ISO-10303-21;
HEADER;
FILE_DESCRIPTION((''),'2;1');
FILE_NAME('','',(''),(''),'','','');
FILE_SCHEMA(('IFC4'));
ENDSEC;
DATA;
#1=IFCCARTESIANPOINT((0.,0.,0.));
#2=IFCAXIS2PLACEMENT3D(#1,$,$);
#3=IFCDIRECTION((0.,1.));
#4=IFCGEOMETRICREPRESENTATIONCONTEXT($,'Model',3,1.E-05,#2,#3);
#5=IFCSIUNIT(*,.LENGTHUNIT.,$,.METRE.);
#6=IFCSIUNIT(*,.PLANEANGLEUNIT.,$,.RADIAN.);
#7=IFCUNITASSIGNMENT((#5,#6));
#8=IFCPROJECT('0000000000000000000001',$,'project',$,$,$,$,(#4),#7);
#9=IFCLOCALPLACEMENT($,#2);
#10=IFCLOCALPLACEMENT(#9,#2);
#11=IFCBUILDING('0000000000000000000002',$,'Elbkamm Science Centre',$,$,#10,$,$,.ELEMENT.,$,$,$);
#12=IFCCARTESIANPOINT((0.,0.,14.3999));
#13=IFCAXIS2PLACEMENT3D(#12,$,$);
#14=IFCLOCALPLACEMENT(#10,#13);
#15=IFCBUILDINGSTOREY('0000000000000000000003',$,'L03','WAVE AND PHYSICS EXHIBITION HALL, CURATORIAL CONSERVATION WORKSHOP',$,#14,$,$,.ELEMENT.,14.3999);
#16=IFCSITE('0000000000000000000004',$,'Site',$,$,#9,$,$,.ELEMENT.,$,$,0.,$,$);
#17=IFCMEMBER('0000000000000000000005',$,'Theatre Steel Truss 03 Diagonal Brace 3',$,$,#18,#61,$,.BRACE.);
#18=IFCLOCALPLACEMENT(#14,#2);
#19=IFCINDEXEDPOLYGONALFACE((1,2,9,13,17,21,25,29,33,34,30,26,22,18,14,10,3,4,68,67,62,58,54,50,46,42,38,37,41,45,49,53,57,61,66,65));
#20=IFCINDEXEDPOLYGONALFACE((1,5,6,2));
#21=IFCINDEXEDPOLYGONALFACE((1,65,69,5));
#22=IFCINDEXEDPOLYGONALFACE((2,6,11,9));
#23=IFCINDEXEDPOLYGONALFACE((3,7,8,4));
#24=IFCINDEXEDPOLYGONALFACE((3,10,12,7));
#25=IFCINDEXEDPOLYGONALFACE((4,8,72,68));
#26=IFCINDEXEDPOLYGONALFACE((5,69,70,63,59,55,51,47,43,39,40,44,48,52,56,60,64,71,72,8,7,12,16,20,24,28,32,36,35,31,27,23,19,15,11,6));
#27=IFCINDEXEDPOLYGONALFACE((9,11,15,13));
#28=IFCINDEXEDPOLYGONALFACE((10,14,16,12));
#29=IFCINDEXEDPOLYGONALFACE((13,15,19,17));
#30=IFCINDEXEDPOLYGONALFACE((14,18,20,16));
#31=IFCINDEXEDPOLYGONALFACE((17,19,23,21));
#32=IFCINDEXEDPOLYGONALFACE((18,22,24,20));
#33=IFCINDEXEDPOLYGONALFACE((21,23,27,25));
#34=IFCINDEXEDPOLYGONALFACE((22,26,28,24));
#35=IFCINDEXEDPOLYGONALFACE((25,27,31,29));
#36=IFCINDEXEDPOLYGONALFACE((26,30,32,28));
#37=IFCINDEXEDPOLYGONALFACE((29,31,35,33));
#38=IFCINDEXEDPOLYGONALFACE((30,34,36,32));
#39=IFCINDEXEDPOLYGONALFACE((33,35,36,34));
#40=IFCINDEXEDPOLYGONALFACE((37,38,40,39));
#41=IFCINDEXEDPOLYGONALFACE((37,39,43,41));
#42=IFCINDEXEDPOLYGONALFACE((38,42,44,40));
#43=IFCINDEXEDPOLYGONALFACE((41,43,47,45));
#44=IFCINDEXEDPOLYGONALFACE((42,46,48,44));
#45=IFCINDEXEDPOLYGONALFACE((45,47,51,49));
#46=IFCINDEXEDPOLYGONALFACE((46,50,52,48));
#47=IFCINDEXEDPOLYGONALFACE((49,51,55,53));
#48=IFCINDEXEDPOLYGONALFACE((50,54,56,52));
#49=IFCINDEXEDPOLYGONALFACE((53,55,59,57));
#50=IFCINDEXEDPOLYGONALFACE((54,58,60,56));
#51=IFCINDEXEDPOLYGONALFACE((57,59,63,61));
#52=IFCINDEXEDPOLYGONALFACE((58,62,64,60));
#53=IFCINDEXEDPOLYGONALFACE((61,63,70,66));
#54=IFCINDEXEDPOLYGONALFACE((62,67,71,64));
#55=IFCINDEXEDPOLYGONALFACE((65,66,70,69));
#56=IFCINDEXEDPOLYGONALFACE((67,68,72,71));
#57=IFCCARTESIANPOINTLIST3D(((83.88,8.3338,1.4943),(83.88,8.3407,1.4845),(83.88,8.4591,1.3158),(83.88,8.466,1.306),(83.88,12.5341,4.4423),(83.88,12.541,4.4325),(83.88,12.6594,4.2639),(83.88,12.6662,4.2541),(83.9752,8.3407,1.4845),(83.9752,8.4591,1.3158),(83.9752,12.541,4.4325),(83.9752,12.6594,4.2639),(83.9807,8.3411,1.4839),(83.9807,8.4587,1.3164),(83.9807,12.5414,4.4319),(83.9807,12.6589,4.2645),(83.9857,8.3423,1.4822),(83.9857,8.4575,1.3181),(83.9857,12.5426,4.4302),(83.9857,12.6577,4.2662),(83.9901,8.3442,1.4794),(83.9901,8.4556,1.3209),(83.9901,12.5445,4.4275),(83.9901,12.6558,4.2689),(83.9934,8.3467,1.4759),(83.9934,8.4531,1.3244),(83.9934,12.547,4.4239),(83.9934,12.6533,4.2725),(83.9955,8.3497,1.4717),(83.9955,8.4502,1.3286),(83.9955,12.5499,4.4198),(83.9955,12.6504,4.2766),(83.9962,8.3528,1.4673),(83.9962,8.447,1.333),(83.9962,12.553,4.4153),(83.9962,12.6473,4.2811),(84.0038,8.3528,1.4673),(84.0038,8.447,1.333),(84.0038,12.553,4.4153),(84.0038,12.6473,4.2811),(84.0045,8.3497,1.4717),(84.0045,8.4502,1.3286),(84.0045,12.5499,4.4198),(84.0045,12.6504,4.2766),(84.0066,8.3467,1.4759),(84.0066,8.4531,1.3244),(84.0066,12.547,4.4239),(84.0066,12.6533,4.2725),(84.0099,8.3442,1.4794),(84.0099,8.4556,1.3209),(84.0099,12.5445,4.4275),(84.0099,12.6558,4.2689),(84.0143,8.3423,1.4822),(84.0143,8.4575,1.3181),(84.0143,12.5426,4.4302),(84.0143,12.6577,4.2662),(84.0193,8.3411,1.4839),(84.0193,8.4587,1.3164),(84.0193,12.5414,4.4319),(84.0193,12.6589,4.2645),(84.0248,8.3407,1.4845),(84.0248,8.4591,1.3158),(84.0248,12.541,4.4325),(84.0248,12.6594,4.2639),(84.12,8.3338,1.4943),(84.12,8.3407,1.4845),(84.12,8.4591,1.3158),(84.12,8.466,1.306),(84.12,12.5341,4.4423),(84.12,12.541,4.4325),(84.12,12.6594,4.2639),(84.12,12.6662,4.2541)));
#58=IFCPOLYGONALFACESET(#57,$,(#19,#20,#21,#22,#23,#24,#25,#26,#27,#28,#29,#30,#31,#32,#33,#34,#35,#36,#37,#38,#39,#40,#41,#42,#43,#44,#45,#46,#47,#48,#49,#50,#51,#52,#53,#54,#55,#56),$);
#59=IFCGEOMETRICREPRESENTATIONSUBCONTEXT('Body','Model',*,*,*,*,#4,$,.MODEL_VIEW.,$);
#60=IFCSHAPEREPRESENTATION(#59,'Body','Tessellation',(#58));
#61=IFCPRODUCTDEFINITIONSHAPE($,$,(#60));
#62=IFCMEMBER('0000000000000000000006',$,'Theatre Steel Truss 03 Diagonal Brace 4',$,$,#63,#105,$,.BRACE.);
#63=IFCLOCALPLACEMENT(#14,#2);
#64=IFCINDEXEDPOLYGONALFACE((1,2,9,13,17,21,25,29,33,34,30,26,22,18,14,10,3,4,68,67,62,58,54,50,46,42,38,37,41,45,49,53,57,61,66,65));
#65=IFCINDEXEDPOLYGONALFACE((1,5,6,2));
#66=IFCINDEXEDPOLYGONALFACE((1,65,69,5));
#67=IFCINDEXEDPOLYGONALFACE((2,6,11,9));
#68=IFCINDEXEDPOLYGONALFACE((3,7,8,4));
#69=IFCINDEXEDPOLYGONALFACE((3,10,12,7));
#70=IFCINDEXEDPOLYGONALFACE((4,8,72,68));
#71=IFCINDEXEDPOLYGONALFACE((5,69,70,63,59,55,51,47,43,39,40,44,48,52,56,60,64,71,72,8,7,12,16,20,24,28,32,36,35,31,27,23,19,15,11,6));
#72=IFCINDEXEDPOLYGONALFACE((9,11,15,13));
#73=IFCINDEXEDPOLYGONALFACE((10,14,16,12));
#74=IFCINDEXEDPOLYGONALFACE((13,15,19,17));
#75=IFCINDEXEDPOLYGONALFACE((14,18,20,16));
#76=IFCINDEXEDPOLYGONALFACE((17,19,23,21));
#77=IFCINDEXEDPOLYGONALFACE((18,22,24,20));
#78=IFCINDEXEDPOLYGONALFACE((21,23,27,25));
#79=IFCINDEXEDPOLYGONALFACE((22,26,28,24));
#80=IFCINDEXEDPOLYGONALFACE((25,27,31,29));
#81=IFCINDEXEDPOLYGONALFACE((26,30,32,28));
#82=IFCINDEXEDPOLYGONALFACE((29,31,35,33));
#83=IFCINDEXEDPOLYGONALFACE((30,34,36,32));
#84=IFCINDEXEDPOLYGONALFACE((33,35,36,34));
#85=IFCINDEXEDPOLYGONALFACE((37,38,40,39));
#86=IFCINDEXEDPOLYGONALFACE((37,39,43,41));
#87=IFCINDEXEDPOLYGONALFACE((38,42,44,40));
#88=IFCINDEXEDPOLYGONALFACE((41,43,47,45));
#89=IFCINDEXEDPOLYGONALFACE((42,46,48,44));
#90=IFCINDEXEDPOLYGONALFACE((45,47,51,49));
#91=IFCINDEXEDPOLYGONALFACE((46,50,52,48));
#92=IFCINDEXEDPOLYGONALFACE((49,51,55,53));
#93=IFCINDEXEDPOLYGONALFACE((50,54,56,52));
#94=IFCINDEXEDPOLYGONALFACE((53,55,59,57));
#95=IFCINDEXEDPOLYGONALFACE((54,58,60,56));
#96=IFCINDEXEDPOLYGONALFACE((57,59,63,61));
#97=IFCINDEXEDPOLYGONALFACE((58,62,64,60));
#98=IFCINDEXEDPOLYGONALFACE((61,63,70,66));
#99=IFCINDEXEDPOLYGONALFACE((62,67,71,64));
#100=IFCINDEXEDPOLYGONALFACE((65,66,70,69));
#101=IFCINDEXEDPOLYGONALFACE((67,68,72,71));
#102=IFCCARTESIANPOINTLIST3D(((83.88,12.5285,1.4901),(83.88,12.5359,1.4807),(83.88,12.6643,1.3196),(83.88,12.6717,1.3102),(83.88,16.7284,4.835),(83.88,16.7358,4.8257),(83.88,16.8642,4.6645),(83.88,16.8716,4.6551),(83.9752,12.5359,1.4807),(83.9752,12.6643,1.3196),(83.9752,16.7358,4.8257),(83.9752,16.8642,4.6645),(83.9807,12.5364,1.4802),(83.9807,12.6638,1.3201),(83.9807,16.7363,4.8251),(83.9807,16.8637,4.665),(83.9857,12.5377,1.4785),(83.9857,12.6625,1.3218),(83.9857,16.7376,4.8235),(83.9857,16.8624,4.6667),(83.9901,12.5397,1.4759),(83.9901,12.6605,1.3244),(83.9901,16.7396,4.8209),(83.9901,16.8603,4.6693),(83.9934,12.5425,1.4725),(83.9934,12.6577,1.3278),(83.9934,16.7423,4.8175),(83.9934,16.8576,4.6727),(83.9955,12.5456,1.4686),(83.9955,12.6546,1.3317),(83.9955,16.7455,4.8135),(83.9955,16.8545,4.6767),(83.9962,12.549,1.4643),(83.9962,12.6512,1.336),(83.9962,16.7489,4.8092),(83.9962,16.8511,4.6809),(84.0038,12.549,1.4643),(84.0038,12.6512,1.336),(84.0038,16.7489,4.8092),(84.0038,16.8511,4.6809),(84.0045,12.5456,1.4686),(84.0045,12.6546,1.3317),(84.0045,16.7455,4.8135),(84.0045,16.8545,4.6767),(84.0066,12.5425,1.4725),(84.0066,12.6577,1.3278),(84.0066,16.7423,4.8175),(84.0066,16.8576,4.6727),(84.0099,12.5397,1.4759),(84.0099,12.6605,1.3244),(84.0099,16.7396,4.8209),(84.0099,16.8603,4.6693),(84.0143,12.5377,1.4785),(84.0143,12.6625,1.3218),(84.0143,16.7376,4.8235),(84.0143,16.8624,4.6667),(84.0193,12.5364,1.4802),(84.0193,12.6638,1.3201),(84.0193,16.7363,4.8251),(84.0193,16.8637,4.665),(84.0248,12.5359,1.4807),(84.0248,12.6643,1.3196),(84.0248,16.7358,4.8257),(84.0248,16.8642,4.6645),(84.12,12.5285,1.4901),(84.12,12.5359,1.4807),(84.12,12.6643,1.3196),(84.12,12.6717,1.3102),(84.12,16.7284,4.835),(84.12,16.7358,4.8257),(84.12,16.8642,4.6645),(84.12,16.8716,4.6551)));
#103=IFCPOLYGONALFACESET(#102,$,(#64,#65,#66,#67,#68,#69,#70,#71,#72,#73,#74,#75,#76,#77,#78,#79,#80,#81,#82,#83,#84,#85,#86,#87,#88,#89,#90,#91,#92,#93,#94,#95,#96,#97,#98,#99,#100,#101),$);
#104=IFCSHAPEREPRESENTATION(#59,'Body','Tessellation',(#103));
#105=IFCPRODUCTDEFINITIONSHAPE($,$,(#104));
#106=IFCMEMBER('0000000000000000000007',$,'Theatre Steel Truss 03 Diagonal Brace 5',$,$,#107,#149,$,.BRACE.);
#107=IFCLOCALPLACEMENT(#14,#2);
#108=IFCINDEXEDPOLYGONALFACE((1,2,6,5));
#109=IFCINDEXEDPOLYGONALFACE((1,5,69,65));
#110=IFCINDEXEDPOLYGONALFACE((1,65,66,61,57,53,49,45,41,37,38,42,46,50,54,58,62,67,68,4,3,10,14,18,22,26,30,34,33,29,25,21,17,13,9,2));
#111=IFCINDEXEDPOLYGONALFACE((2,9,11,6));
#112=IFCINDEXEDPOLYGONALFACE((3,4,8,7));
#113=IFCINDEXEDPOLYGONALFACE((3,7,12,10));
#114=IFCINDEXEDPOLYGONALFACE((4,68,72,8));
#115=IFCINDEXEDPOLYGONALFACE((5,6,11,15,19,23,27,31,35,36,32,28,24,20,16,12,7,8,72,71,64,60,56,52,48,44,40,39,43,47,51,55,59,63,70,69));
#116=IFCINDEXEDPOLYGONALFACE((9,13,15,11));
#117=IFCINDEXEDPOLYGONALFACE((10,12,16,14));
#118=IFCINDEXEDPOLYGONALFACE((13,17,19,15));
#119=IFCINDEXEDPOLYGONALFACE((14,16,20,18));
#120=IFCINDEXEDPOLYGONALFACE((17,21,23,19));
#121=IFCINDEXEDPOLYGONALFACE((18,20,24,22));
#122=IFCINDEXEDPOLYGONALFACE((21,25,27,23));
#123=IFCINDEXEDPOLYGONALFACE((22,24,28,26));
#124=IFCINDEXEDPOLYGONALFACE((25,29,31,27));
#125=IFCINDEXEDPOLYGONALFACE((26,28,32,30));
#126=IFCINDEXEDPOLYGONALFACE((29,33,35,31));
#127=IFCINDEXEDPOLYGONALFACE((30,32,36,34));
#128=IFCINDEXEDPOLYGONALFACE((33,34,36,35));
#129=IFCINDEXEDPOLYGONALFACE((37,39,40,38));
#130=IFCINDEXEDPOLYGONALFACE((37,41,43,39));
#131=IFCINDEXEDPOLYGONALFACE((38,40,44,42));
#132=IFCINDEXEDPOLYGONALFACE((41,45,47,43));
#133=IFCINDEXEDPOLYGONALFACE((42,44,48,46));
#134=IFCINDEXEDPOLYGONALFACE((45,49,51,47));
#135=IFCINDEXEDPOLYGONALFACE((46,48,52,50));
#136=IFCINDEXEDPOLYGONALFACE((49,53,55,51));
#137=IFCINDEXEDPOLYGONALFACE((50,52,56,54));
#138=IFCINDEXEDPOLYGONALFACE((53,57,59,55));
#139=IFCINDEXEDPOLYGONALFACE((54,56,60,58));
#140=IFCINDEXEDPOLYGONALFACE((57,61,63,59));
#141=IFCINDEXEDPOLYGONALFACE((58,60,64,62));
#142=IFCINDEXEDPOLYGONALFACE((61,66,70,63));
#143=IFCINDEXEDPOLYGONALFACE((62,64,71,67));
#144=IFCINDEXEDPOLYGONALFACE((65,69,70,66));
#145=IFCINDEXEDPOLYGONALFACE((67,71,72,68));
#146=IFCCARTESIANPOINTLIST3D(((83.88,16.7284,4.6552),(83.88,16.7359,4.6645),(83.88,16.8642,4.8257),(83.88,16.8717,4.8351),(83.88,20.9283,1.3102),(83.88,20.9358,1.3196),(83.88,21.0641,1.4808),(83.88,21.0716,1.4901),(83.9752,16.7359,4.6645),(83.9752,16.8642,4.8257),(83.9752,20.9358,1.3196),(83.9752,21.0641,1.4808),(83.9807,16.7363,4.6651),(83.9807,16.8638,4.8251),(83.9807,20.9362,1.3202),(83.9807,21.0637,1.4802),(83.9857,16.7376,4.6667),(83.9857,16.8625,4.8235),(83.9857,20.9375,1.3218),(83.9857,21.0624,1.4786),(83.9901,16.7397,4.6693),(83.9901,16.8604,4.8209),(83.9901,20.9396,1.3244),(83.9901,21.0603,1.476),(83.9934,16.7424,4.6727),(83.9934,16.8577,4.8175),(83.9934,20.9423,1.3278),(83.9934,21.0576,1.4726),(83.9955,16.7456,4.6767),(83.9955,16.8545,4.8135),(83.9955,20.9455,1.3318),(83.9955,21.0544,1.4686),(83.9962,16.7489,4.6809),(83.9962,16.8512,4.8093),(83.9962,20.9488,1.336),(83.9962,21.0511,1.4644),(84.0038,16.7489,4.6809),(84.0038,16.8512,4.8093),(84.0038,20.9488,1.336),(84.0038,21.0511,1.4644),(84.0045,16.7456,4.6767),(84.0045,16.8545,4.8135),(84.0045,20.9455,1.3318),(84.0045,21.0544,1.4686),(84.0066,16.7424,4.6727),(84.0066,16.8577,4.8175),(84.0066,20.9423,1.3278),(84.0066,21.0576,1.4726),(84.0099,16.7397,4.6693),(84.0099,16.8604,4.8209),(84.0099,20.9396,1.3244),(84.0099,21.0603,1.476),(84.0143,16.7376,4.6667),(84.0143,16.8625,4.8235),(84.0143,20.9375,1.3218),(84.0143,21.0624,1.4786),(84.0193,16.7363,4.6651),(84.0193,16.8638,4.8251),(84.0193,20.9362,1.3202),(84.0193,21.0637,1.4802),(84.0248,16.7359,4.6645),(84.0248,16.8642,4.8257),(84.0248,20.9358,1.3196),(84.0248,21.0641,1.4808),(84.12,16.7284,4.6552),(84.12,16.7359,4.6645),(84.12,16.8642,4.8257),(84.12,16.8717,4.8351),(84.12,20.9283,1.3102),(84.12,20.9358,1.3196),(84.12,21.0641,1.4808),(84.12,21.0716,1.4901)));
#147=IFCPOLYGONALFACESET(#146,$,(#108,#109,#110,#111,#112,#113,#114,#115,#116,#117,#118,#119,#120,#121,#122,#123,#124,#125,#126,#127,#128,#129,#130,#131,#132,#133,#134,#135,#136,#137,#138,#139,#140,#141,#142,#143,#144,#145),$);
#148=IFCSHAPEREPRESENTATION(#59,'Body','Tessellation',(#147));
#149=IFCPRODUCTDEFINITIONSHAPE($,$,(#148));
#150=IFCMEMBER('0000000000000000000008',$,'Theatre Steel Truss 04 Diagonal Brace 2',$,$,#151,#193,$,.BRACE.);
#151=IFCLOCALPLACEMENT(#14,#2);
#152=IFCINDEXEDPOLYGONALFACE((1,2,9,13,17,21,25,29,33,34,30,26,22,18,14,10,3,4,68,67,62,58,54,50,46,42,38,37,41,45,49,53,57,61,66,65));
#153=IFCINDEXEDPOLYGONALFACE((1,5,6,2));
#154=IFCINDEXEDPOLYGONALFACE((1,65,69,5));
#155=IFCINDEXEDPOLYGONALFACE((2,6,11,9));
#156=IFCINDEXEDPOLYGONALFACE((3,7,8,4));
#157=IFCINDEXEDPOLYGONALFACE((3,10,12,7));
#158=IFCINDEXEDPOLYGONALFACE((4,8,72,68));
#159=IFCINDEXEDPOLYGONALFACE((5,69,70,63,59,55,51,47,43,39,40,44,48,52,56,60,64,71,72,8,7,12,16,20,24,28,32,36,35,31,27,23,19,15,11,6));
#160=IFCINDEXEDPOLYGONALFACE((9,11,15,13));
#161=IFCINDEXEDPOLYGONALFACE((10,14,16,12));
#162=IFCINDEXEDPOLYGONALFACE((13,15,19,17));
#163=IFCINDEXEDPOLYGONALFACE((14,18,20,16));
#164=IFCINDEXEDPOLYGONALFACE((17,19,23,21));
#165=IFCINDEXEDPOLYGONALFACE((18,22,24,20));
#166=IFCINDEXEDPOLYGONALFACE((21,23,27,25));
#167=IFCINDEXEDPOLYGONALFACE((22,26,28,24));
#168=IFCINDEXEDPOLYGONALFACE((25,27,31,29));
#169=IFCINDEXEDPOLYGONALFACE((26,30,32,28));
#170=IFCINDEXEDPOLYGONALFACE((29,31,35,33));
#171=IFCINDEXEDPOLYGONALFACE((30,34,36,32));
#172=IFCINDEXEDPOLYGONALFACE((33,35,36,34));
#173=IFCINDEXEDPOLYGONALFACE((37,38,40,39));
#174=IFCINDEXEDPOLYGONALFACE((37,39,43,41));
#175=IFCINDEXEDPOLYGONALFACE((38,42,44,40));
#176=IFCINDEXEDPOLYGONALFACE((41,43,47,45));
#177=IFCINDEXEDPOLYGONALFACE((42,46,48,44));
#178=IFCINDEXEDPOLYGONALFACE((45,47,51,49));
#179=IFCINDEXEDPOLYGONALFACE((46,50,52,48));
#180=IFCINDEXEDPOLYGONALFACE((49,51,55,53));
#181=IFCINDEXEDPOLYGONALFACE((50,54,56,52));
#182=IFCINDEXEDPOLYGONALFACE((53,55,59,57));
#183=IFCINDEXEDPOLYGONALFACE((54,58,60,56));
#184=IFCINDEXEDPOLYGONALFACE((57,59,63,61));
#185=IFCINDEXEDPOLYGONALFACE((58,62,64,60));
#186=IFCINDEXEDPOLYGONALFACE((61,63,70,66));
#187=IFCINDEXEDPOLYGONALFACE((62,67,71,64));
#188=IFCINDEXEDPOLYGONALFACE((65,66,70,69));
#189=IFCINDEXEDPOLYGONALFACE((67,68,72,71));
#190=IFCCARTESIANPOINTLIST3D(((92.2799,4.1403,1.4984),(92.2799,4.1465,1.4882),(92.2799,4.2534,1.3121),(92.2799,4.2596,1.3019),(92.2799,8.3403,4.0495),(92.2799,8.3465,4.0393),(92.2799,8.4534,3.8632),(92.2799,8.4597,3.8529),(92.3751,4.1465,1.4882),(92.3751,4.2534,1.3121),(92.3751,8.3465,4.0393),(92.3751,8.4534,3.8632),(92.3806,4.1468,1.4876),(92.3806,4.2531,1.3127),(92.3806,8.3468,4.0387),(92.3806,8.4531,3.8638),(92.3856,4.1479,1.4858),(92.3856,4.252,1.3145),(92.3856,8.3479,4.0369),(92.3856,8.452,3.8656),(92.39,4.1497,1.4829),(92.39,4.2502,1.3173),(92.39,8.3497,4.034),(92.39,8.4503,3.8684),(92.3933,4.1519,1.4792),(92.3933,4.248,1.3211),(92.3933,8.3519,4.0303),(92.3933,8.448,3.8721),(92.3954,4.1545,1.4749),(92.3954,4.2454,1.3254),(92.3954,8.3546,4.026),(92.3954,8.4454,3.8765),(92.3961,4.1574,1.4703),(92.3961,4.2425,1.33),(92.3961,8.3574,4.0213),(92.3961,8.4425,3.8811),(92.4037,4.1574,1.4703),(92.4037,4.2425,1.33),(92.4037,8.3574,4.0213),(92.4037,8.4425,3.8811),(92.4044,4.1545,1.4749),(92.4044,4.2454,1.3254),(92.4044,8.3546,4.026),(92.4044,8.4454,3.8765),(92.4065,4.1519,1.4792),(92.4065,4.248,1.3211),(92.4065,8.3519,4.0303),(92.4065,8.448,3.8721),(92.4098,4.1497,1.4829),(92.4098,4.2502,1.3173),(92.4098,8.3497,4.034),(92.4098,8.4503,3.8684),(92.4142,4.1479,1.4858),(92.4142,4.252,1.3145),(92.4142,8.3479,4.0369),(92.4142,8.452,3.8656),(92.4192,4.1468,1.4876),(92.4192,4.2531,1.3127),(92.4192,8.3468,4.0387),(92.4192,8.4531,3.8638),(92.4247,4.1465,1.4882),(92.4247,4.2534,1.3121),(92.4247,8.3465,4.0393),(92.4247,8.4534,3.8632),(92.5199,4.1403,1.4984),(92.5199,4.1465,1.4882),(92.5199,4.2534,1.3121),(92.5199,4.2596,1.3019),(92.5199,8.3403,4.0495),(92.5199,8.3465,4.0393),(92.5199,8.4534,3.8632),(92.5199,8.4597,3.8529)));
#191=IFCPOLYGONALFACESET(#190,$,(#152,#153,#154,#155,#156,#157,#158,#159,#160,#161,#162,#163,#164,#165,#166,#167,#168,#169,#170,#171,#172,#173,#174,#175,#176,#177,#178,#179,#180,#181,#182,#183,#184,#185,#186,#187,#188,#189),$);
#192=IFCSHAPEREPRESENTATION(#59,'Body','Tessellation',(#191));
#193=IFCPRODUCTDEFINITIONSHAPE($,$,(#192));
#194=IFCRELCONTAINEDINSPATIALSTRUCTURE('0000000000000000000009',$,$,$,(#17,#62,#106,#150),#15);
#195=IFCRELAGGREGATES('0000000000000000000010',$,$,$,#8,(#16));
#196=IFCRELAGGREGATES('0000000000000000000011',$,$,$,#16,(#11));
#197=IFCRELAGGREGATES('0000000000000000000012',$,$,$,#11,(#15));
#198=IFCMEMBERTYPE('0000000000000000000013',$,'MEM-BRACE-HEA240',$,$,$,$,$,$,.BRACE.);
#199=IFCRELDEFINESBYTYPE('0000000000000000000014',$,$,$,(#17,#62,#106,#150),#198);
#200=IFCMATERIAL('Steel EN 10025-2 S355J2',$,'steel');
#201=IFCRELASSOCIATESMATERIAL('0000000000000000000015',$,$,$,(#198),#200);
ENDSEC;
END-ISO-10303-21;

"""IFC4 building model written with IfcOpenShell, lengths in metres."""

from ifc_helpers import new_model, si_unit, direction, frame, origin, origin_2d, place, context, subcontext, project, spatial, i_section, extrude, material, material_profile, profile_set, type_object, element, save


model = new_model("IFC4")

# Units and contexts
model_context = context("Model", 3, precision=1e-05, world=origin(), true_north=direction((0.0, 1.0)))
body_context = subcontext(model_context, "Body", "Model", "MODEL_VIEW")
ifc_project = project(units=[si_unit("LENGTHUNIT", "METRE"), si_unit("PLANEANGLEUNIT", "RADIAN")], contexts=[model_context])

# Site, building, storey
site_placement = place(None, origin())
site = spatial("IfcSite", under=ifc_project, at=site_placement, Name="Site", CompositionType="ELEMENT", RefElevation=0.0)
building_placement = place(site_placement, origin())
building = spatial("IfcBuilding", under=site, at=building_placement, Name="Elbkamm Science Centre", CompositionType="ELEMENT")
storey_placement = place(building_placement, frame((0.0, 0.0, 14.3999)))
storey = spatial("IfcBuildingStorey", under=building, at=storey_placement, Name="L03", Description="WAVE AND PHYSICS EXHIBITION HALL, CURATORIAL CONSERVATION WORKSHOP", CompositionType="ELEMENT", Elevation=14.3999)

# Shared definitions
ifc_material = material(Name="Steel EN 10025-2 S355J2", Category="steel")

# Members
ifc_material_profile_1 = material_profile(ifc_material, i_section(OverallWidth=0.24, OverallDepth=0.23, WebThickness=0.0076, FlangeThickness=0.012, FilletRadius=0.021, at=origin_2d()), Name="HEA 240")
ifc_profile_set_1 = profile_set([ifc_material_profile_1], Name="Steel EN 10025-2 S355J2")
member_type_1 = type_object("IfcMemberType", Name="MEM-BRACE-HEA240", PredefinedType="BRACE", material=ifc_profile_set_1)
member_1_placement = place(storey_placement, frame((84.0, 8.3999, 1.4001), z_axis=(0.0, 0.818512, 0.57449), x_axis=(-1.0, 0.0, 0.0)))
element("IfcMember", 1, at=member_1_placement, inside=storey, type_object=member_type_1, Name="Theatre Steel Truss 03 Diagonal Brace 3", PredefinedType="BRACE", context=body_context, shape_type="SweptSolid", body=[
    extrude(i_section(OverallWidth=0.24, OverallDepth=0.23, WebThickness=0.0076, FlangeThickness=0.012, FilletRadius=0.021, at=origin_2d()), origin(), (0.0, 0.0, 1.0), 5.1316),
])
for number, where, z_axis, x_axis, name in (
    (2, (84.0, 12.6001, 1.4001), (0.0, 0.782229, 0.622991), (-1.0, 0.0, 0.0), "Theatre Steel Truss 03 Diagonal Brace 4"),
    (3, (84.0, 16.8, 4.7451), (0.0, 0.782229, -0.622991), (-1.0, 0.0, 0.0), "Theatre Steel Truss 03 Diagonal Brace 5"),
):
    element("IfcMember", number, at=place(storey_placement, frame(where, z_axis=z_axis, x_axis=x_axis)), inside=storey, type_object=member_type_1, Name=name, PredefinedType="BRACE", context=body_context, shape_type="SweptSolid", body=[
        extrude(i_section(OverallWidth=0.24, OverallDepth=0.23, WebThickness=0.0076, FlangeThickness=0.012, FilletRadius=0.021, at=origin_2d()), origin(), (0.0, 0.0, 1.0), 5.3691),
    ])
member_2_placement = place(storey_placement, frame((92.3999, 4.2, 1.4001), z_axis=(0.0, 0.854692, 0.519135), x_axis=(-1.0, 0.0, 0.0)))
element("IfcMember", 4, at=member_2_placement, inside=storey, type_object=member_type_1, Name="Theatre Steel Truss 04 Diagonal Brace 2", PredefinedType="BRACE", context=body_context, shape_type="SweptSolid", body=[
    extrude(i_section(OverallWidth=0.24, OverallDepth=0.23, WebThickness=0.0076, FlangeThickness=0.012, FilletRadius=0.021, at=origin_2d()), origin(), (0.0, 0.0, 1.0), 4.9141),
])

save(model, "model.ifc")
